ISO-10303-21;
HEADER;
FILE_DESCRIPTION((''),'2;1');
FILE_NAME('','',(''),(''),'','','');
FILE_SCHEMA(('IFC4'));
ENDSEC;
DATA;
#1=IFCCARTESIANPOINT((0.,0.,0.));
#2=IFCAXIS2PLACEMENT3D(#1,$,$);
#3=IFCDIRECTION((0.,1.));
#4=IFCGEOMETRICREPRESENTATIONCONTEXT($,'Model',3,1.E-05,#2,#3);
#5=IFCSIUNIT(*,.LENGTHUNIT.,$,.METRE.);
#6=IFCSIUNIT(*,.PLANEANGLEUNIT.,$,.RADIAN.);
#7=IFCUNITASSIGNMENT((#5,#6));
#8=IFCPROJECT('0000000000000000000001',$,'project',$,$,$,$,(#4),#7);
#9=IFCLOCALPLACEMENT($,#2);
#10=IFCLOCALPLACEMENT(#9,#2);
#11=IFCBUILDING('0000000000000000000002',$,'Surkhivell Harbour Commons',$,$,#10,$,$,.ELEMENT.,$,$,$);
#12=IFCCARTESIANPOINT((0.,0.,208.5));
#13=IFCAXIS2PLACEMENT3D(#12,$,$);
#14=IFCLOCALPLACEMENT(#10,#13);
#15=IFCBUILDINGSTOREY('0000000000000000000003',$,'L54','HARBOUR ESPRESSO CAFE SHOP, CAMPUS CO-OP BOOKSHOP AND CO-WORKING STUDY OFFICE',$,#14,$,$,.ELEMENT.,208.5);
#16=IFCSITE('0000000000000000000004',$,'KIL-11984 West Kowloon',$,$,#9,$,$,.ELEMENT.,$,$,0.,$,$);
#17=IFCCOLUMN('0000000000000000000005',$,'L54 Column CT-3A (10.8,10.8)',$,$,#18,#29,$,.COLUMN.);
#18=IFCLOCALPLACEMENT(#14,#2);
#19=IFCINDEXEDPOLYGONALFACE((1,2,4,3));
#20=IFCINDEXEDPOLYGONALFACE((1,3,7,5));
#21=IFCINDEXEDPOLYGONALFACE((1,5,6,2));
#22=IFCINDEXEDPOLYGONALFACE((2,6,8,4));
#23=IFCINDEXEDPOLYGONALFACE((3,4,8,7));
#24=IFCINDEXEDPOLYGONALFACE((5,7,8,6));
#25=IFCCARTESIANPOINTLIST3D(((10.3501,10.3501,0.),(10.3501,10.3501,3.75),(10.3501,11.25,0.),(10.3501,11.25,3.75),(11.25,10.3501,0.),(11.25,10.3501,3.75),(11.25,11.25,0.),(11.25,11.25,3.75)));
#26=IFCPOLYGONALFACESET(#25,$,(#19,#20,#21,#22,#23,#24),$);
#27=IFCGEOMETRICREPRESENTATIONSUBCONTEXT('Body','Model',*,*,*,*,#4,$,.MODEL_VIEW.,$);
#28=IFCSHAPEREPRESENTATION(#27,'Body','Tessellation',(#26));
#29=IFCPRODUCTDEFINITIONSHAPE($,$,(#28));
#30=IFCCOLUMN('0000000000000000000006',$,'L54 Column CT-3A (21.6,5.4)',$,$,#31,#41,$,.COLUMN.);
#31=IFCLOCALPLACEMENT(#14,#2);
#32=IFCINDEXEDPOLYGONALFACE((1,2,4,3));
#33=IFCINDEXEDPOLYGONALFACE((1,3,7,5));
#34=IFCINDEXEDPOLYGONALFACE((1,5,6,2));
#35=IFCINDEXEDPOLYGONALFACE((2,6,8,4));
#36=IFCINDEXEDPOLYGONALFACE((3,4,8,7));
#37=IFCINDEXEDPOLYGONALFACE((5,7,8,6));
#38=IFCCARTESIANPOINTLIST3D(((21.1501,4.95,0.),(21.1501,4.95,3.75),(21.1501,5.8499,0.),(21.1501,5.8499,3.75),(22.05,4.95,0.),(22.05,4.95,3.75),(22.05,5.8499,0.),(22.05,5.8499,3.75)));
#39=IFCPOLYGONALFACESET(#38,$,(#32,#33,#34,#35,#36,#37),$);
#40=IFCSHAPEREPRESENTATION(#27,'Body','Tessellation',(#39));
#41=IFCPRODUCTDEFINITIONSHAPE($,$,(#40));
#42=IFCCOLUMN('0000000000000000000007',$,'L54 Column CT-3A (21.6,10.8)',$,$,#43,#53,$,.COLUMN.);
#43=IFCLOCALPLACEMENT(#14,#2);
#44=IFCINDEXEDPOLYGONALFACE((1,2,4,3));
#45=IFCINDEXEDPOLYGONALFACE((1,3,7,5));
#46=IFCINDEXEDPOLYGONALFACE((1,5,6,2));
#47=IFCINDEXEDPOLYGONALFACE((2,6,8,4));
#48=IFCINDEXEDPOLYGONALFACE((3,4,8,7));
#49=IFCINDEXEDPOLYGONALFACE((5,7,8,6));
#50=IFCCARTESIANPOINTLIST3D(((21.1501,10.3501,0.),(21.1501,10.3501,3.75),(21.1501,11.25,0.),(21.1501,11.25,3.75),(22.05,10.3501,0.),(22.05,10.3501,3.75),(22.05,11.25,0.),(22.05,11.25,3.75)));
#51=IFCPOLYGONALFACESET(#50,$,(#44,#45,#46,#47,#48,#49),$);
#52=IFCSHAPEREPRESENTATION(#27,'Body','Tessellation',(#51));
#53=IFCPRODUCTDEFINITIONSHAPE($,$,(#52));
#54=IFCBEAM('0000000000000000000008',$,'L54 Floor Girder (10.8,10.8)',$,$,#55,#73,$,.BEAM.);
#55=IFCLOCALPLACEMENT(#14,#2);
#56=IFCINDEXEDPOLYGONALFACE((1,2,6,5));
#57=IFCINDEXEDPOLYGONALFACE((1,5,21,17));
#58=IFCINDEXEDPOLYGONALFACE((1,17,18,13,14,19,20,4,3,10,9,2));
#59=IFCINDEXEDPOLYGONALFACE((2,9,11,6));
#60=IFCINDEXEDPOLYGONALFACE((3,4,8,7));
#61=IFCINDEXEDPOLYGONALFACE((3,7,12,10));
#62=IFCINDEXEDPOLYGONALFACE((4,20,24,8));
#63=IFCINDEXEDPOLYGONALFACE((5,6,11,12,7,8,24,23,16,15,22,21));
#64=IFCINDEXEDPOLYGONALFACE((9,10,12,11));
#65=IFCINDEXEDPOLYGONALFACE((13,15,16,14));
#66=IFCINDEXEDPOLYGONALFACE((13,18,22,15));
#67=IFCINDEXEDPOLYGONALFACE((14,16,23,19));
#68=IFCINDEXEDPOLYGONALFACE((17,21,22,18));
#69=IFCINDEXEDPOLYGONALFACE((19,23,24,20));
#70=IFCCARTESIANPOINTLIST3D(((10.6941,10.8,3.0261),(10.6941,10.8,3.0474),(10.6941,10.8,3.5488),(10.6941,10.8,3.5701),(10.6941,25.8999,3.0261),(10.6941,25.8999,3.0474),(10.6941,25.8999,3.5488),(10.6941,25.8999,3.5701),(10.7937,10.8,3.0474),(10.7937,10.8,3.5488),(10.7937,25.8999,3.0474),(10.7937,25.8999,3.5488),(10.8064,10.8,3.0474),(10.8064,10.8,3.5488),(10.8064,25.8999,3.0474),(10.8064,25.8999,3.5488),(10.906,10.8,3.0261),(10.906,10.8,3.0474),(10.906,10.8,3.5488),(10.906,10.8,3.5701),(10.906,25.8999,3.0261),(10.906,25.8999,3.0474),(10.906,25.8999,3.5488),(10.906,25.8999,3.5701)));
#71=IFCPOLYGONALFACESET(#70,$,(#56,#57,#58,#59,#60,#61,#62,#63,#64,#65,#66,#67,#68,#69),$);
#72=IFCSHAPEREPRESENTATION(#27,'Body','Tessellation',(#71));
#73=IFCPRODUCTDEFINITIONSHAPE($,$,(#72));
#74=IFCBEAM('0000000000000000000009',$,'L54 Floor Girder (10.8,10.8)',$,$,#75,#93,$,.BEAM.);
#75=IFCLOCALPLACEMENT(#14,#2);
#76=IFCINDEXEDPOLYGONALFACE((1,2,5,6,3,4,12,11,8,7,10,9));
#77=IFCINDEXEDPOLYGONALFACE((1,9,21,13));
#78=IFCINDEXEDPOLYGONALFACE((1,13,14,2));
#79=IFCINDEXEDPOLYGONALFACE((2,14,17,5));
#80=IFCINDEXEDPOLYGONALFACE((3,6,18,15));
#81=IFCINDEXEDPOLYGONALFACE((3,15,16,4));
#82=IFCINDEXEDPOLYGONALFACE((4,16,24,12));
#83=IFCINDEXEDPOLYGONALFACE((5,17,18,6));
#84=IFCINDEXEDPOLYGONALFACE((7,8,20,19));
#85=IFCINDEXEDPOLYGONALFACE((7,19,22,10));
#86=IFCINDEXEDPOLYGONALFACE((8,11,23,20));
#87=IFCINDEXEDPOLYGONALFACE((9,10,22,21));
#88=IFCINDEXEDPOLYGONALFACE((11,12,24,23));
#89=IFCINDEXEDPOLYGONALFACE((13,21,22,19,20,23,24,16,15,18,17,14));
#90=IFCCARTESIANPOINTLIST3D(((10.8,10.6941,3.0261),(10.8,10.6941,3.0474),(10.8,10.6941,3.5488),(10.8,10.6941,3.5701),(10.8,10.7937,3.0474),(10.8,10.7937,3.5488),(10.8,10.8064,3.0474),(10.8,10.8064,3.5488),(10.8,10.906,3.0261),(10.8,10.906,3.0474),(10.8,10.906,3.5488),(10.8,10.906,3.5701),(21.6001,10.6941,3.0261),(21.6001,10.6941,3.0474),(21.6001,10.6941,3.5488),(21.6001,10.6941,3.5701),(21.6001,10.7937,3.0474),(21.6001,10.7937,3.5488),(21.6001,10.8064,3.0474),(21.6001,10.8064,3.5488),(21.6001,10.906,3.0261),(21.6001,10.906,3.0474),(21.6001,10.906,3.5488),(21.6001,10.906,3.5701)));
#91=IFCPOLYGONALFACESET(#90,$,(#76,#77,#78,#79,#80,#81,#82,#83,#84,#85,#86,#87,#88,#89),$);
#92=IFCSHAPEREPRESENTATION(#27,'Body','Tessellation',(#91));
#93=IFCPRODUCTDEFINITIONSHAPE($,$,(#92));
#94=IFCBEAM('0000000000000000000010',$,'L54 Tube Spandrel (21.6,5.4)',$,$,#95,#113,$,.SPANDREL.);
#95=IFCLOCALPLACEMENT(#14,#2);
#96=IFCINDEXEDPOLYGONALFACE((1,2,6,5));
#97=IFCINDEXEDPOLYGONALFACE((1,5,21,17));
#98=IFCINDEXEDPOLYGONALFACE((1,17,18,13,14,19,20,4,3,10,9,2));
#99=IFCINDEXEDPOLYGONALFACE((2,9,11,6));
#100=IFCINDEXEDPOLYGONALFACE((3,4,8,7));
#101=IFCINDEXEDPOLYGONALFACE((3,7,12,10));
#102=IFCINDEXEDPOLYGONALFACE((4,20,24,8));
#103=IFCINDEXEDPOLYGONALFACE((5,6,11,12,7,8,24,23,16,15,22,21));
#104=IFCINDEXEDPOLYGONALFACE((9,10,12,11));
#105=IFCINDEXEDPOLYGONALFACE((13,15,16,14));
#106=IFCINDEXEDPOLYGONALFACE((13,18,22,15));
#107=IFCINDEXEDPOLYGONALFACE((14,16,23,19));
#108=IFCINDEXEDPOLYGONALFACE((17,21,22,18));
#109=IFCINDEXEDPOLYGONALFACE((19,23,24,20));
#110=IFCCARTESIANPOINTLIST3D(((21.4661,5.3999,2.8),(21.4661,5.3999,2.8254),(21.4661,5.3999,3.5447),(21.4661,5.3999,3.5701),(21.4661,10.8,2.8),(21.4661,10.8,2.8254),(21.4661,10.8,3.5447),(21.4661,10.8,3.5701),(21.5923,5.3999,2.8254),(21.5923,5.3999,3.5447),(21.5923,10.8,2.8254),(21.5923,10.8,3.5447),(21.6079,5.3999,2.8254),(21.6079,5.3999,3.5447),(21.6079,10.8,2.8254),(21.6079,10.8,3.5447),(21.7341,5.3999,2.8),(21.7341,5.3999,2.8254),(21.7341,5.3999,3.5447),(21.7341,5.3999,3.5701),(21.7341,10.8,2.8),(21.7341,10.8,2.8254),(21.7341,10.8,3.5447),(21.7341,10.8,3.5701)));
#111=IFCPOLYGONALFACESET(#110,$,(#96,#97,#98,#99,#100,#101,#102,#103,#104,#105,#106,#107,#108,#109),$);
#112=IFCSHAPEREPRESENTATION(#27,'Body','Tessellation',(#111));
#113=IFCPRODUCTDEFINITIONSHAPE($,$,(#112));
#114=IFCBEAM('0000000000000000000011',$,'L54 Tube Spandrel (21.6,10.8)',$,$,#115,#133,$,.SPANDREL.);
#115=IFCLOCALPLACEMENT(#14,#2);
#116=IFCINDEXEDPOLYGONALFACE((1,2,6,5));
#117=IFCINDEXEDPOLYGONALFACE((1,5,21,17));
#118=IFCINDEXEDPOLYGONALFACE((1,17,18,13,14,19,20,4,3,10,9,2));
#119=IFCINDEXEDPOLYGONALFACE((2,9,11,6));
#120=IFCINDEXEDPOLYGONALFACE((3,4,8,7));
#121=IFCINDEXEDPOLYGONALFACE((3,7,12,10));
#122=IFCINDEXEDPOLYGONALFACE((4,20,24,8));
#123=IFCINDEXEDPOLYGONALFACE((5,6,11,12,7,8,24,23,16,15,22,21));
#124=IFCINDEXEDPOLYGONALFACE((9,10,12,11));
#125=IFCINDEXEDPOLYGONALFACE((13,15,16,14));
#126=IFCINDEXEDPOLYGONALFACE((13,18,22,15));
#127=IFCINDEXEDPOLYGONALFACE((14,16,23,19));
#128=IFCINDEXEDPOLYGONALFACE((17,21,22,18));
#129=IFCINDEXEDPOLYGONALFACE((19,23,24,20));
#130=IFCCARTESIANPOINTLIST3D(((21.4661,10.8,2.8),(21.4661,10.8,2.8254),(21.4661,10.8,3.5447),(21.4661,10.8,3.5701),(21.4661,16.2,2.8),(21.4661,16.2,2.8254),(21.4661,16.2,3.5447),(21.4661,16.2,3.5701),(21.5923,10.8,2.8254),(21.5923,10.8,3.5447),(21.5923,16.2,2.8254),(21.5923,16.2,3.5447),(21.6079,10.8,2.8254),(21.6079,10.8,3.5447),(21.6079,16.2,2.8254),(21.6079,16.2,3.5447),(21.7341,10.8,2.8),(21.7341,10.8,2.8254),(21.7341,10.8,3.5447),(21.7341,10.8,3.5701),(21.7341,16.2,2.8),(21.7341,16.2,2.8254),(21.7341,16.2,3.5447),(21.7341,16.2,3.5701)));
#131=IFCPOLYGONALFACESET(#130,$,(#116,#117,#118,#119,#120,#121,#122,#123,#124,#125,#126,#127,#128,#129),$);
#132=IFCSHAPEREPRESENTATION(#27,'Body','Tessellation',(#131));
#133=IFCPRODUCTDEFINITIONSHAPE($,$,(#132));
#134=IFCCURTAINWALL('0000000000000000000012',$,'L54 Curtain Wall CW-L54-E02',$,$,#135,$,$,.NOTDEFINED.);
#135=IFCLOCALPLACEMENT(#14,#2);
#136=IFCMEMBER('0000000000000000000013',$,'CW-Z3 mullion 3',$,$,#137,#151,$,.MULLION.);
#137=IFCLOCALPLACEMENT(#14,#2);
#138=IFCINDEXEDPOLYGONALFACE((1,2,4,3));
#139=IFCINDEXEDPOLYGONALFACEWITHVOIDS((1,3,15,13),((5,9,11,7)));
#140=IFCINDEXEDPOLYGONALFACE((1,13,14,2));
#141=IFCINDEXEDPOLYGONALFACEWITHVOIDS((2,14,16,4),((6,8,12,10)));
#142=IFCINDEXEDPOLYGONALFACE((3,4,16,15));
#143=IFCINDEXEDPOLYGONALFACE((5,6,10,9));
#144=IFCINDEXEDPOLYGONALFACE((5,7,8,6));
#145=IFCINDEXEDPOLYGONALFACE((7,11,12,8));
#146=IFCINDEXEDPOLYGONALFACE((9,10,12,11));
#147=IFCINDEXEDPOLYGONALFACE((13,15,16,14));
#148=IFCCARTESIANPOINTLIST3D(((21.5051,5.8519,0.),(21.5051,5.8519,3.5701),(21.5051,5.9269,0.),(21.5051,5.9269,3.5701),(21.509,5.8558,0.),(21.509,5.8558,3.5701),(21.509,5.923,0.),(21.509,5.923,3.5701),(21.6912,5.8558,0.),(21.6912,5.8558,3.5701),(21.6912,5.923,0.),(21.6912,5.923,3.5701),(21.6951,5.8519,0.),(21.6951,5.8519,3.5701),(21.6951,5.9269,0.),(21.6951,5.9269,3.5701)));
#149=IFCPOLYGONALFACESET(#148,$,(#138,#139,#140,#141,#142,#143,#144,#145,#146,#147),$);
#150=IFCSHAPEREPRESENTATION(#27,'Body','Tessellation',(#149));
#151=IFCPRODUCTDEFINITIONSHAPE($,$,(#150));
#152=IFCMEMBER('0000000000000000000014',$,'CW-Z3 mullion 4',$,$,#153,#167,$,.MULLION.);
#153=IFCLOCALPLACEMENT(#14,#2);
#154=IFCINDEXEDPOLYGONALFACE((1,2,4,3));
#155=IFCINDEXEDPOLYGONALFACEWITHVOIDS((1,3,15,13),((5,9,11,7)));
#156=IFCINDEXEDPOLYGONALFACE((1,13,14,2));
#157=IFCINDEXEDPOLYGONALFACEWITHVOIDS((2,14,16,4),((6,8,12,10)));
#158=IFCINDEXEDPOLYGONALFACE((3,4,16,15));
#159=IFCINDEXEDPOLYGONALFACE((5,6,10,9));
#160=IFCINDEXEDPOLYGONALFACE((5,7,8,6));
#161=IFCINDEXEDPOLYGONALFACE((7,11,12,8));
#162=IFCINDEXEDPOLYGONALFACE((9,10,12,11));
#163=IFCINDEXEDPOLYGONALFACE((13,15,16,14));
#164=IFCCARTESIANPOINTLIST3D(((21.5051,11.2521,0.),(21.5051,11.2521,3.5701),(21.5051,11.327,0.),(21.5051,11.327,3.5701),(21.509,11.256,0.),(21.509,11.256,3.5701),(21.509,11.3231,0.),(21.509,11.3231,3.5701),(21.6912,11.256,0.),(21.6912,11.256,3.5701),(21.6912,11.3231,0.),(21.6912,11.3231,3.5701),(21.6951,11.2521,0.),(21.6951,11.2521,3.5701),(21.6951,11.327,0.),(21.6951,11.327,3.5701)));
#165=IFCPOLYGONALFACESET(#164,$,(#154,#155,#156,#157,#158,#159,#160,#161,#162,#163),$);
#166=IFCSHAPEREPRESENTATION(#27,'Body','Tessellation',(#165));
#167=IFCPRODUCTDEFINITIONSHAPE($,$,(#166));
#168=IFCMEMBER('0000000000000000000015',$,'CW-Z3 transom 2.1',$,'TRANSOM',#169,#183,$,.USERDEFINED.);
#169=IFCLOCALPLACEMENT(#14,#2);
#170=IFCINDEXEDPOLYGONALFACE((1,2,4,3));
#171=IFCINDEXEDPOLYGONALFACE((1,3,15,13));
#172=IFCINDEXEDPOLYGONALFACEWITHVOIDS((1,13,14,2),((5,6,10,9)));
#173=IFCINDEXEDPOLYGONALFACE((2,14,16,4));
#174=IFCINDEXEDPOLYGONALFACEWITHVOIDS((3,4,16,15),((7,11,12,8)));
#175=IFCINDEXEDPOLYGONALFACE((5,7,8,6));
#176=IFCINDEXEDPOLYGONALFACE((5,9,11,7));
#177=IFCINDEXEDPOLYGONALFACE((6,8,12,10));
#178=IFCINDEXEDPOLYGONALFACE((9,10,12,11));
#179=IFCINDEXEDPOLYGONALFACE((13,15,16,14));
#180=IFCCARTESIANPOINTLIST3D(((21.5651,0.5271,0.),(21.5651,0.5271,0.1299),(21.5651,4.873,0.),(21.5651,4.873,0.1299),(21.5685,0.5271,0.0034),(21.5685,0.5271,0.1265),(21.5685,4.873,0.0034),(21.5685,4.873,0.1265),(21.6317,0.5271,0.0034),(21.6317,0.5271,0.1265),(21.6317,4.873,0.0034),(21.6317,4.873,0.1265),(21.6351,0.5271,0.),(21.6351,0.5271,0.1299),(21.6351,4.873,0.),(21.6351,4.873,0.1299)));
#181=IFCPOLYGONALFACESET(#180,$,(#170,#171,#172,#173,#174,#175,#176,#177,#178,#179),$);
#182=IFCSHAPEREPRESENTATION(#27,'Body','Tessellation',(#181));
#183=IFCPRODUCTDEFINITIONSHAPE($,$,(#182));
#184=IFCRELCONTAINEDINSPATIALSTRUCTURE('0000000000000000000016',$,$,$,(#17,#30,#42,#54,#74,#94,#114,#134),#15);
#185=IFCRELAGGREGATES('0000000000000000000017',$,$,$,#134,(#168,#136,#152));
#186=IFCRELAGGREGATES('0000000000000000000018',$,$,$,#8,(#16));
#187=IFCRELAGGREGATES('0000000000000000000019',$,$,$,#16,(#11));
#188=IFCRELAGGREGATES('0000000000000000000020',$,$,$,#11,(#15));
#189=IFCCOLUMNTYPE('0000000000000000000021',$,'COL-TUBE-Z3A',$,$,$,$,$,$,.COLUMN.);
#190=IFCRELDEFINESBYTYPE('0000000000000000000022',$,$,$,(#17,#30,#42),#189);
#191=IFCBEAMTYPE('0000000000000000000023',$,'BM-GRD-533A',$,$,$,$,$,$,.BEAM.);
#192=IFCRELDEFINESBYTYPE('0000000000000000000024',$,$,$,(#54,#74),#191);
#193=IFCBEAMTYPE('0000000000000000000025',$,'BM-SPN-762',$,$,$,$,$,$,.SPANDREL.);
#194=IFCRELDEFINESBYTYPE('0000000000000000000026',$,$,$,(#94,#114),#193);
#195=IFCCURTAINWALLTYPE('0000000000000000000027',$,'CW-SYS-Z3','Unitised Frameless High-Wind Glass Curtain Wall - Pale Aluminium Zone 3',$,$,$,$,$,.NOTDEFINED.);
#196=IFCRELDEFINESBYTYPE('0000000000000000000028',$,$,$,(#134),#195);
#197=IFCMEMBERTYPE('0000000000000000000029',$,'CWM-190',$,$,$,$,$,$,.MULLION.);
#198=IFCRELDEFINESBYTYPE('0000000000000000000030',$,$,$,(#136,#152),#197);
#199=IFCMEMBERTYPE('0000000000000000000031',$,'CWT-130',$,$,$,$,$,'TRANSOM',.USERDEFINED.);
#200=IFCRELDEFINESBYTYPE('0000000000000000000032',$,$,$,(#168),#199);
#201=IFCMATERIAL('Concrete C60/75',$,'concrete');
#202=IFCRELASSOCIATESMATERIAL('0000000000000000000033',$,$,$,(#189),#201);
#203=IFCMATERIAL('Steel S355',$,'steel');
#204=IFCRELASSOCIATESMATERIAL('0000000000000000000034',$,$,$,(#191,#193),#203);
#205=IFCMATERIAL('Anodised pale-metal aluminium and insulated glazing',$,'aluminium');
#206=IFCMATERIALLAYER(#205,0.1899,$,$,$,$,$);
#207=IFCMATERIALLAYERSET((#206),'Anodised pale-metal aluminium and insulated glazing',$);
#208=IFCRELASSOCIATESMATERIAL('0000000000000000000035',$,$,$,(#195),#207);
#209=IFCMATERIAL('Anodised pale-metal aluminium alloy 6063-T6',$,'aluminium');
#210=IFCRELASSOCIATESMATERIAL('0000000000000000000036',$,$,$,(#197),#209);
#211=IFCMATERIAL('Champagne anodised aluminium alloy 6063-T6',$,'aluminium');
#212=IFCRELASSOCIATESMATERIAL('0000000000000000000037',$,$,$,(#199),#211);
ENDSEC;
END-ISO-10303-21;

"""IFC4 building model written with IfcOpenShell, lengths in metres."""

from ifc_helpers import new_model, si_unit, direction, frame, origin, origin_2d, place, context, subcontext, project, spatial, rectangle, hollow_rectangle, i_section, extrude, material, layer, layer_set, material_profile, profile_set, type_object, element, aggregate, save


model = new_model("IFC4")

# Units and contexts
model_context = context("Model", 3, precision=1e-05, world=origin(), true_north=direction((0.0, 1.0)))
body_context = subcontext(model_context, "Body", "Model", "MODEL_VIEW")
ifc_project = project(units=[si_unit("LENGTHUNIT", "METRE"), si_unit("PLANEANGLEUNIT", "RADIAN")], contexts=[model_context])

# Site, building, storey
site_placement = place(None, origin())
site = spatial("IfcSite", under=ifc_project, at=site_placement, Name="KIL-11984 West Kowloon", CompositionType="ELEMENT", RefElevation=0.0)
building_placement = place(site_placement, origin())
building = spatial("IfcBuilding", under=site, at=building_placement, Name="Surkhivell Harbour Commons", CompositionType="ELEMENT")
storey_placement = place(building_placement, frame((0.0, 0.0, 208.5)))
storey = spatial("IfcBuildingStorey", under=building, at=storey_placement, Name="L54", Description="HARBOUR ESPRESSO CAFE SHOP, CAMPUS CO-OP BOOKSHOP AND CO-WORKING STUDY OFFICE", CompositionType="ELEMENT", Elevation=208.5)

# Columns
ifc_material_1 = material(Name="Concrete C60/75", Category="concrete")
ifc_material_profile_1 = material_profile(ifc_material_1, rectangle(XDim=0.8999, YDim=0.8999, at=origin_2d()), Name="RC-COL-900x900")
ifc_profile_set_1 = profile_set([ifc_material_profile_1], Name="Concrete C60/75")
column_type = type_object("IfcColumnType", Name="COL-TUBE-Z3A", PredefinedType="COLUMN", material=ifc_profile_set_1)
for number, where, z_axis, x_axis, name in (
    (1, (10.8, 10.8, 0.0), (0.0, 0.0, 1.0), (1.0, 0.0, 0.0), "L54 Column CT-3A (10.8,10.8)"),
    (2, (21.6001, 5.3999, 0.0), (0.0, 0.0, 1.0), (1.0, 0.0, 0.0), "L54 Column CT-3A (21.6,5.4)"),
    (3, (21.6001, 10.8, 0.0), (0.0, 0.0, 1.0), (1.0, 0.0, 0.0), "L54 Column CT-3A (21.6,10.8)"),
):
    element("IfcColumn", number, at=place(storey_placement, frame(where, z_axis=z_axis, x_axis=x_axis)), inside=storey, type_object=column_type, Name=name, PredefinedType="COLUMN", context=body_context, shape_type="SweptSolid", body=[
        extrude(rectangle(XDim=0.8999, YDim=0.8999, at=origin_2d()), origin(), (0.0, 0.0, 1.0), 3.75),
    ])

# Beams
ifc_material_2 = material(Name="Steel S355", Category="steel")
ifc_material_profile_2 = material_profile(ifc_material_2, i_section(OverallWidth=0.2119, OverallDepth=0.5439, WebThickness=0.0127, FlangeThickness=0.0212, at=origin_2d()), Name="UB533x210x122")
ifc_profile_set_2 = profile_set([ifc_material_profile_2], Name="Steel S355")
beam_type_1 = type_object("IfcBeamType", Name="BM-GRD-533A", PredefinedType="BEAM", material=ifc_profile_set_2)
beam_1_placement = place(storey_placement, frame((10.8, 10.8, 3.2981), z_axis=(0.0, 1.0, 0.0), x_axis=(-1.0, 0.0, 0.0)))
element("IfcBeam", 4, at=beam_1_placement, inside=storey, type_object=beam_type_1, Name="L54 Floor Girder (10.8,10.8)", PredefinedType="BEAM", context=body_context, shape_type="SweptSolid", body=[
    extrude(i_section(OverallWidth=0.2119, OverallDepth=0.5439, WebThickness=0.0127, FlangeThickness=0.0212, at=origin_2d()), origin(), (0.0, 0.0, 1.0), 15.0999),
])
beam_2_placement = place(storey_placement, frame((10.8, 10.8, 3.2981), z_axis=(1.0, 0.0, 0.0), x_axis=(0.0, 1.0, 0.0)))
element("IfcBeam", 5, at=beam_2_placement, inside=storey, type_object=beam_type_1, Name="L54 Floor Girder (10.8,10.8)", PredefinedType="BEAM", context=body_context, shape_type="SweptSolid", body=[
    extrude(i_section(OverallWidth=0.2119, OverallDepth=0.5439, WebThickness=0.0127, FlangeThickness=0.0212, at=origin_2d()), origin(), (0.0, 0.0, 1.0), 10.8),
])
ifc_material_profile_3 = material_profile(ifc_material_2, i_section(OverallWidth=0.2681, OverallDepth=0.77, WebThickness=0.0156, FlangeThickness=0.0254, at=origin_2d()), Name="UB762x267x197")
ifc_profile_set_3 = profile_set([ifc_material_profile_3], Name="Steel S355")
beam_type_2 = type_object("IfcBeamType", Name="BM-SPN-762", PredefinedType="SPANDREL", material=ifc_profile_set_3)
beam_3_placement = place(storey_placement, frame((21.6001, 5.3999, 3.1851), z_axis=(0.0, 1.0, 0.0), x_axis=(-1.0, 0.0, 0.0)))
element("IfcBeam", 6, at=beam_3_placement, inside=storey, type_object=beam_type_2, Name="L54 Tube Spandrel (21.6,5.4)", PredefinedType="SPANDREL", context=body_context, shape_type="SweptSolid", body=[
    extrude(i_section(OverallWidth=0.2681, OverallDepth=0.77, WebThickness=0.0156, FlangeThickness=0.0254, at=origin_2d()), origin(), (0.0, 0.0, 1.0), 5.4001),
])
beam_4_placement = place(storey_placement, frame((21.6001, 10.8, 3.1851), z_axis=(0.0, 1.0, 0.0), x_axis=(-1.0, 0.0, 0.0)))
element("IfcBeam", 7, at=beam_4_placement, inside=storey, type_object=beam_type_2, Name="L54 Tube Spandrel (21.6,10.8)", PredefinedType="SPANDREL", context=body_context, shape_type="SweptSolid", body=[
    extrude(i_section(OverallWidth=0.2681, OverallDepth=0.77, WebThickness=0.0156, FlangeThickness=0.0254, at=origin_2d()), origin(), (0.0, 0.0, 1.0), 5.3999),
])

# Curtain wall, members
ifc_material_3 = material(Name="Anodised pale-metal aluminium and insulated glazing", Category="aluminium")
ifc_layer_1 = layer(ifc_material_3, 0.1899)
ifc_layer_set_1 = layer_set([ifc_layer_1], Name="Anodised pale-metal aluminium and insulated glazing")
curtain_wall_type = type_object("IfcCurtainWallType", Name="CW-SYS-Z3", Description="Unitised Frameless High-Wind Glass Curtain Wall - Pale Aluminium Zone 3", PredefinedType="NOTDEFINED", material=ifc_layer_set_1)
curtain_wall_placement = place(storey_placement, origin())
curtain_wall = element("IfcCurtainWall", 8, at=curtain_wall_placement, inside=storey, type_object=curtain_wall_type, Name="L54 Curtain Wall CW-L54-E02", PredefinedType="NOTDEFINED")
ifc_material_4 = material(Name="Anodised pale-metal aluminium alloy 6063-T6", Category="aluminium")
ifc_material_profile_4 = material_profile(ifc_material_4, hollow_rectangle(XDim=0.075, YDim=0.1899, WallThickness=0.0039, at=origin_2d()), Name="ALU-MULL-75x190")
ifc_profile_set_4 = profile_set([ifc_material_profile_4], Name="Anodised pale-metal aluminium alloy 6063-T6")
member_type_1 = type_object("IfcMemberType", Name="CWM-190", PredefinedType="MULLION", material=ifc_profile_set_4)
member_1_placement = place(storey_placement, frame((21.6001, 5.8894, 0.0), z_axis=(0.0, 0.0, 1.0), x_axis=(0.0, 1.0, 0.0)))
member_1 = element("IfcMember", 9, at=member_1_placement, type_object=member_type_1, Name="CW-Z3 mullion 3", PredefinedType="MULLION", context=body_context, shape_type="SweptSolid", body=[
    extrude(hollow_rectangle(XDim=0.075, YDim=0.1899, WallThickness=0.0039, at=origin_2d()), origin(), (0.0, 0.0, 1.0), 3.5701),
])
member_2_placement = place(storey_placement, frame((21.6001, 11.2896, 0.0), z_axis=(0.0, 0.0, 1.0), x_axis=(0.0, 1.0, 0.0)))
member_2 = element("IfcMember", 10, at=member_2_placement, type_object=member_type_1, Name="CW-Z3 mullion 4", PredefinedType="MULLION", context=body_context, shape_type="SweptSolid", body=[
    extrude(hollow_rectangle(XDim=0.075, YDim=0.1899, WallThickness=0.0039, at=origin_2d()), origin(), (0.0, 0.0, 1.0), 3.5701),
])
ifc_material_5 = material(Name="Champagne anodised aluminium alloy 6063-T6", Category="aluminium")
ifc_material_profile_5 = material_profile(ifc_material_5, hollow_rectangle(XDim=0.0701, YDim=0.1299, WallThickness=0.0034, at=origin_2d()), Name="ALU-TRAN-70x130")
ifc_profile_set_5 = profile_set([ifc_material_profile_5], Name="Champagne anodised aluminium alloy 6063-T6")
member_type_2 = type_object("IfcMemberType", Name="CWT-130", ElementType="TRANSOM", PredefinedType="USERDEFINED", material=ifc_profile_set_5)
member_3_placement = place(storey_placement, frame((21.6001, 0.5271, 0.0649), z_axis=(0.0, 1.0, 0.0), x_axis=(-1.0, 0.0, 0.0)))
member_3 = element("IfcMember", 11, at=member_3_placement, type_object=member_type_2, Name="CW-Z3 transom 2.1", ObjectType="TRANSOM", PredefinedType="USERDEFINED", context=body_context, shape_type="SweptSolid", body=[
    extrude(hollow_rectangle(XDim=0.0701, YDim=0.1299, WallThickness=0.0034, at=origin_2d()), origin(), (0.0, 0.0, 1.0), 4.3459),
])
aggregate(curtain_wall, [member_3, member_1, member_2])

save(model, "model.ifc")
